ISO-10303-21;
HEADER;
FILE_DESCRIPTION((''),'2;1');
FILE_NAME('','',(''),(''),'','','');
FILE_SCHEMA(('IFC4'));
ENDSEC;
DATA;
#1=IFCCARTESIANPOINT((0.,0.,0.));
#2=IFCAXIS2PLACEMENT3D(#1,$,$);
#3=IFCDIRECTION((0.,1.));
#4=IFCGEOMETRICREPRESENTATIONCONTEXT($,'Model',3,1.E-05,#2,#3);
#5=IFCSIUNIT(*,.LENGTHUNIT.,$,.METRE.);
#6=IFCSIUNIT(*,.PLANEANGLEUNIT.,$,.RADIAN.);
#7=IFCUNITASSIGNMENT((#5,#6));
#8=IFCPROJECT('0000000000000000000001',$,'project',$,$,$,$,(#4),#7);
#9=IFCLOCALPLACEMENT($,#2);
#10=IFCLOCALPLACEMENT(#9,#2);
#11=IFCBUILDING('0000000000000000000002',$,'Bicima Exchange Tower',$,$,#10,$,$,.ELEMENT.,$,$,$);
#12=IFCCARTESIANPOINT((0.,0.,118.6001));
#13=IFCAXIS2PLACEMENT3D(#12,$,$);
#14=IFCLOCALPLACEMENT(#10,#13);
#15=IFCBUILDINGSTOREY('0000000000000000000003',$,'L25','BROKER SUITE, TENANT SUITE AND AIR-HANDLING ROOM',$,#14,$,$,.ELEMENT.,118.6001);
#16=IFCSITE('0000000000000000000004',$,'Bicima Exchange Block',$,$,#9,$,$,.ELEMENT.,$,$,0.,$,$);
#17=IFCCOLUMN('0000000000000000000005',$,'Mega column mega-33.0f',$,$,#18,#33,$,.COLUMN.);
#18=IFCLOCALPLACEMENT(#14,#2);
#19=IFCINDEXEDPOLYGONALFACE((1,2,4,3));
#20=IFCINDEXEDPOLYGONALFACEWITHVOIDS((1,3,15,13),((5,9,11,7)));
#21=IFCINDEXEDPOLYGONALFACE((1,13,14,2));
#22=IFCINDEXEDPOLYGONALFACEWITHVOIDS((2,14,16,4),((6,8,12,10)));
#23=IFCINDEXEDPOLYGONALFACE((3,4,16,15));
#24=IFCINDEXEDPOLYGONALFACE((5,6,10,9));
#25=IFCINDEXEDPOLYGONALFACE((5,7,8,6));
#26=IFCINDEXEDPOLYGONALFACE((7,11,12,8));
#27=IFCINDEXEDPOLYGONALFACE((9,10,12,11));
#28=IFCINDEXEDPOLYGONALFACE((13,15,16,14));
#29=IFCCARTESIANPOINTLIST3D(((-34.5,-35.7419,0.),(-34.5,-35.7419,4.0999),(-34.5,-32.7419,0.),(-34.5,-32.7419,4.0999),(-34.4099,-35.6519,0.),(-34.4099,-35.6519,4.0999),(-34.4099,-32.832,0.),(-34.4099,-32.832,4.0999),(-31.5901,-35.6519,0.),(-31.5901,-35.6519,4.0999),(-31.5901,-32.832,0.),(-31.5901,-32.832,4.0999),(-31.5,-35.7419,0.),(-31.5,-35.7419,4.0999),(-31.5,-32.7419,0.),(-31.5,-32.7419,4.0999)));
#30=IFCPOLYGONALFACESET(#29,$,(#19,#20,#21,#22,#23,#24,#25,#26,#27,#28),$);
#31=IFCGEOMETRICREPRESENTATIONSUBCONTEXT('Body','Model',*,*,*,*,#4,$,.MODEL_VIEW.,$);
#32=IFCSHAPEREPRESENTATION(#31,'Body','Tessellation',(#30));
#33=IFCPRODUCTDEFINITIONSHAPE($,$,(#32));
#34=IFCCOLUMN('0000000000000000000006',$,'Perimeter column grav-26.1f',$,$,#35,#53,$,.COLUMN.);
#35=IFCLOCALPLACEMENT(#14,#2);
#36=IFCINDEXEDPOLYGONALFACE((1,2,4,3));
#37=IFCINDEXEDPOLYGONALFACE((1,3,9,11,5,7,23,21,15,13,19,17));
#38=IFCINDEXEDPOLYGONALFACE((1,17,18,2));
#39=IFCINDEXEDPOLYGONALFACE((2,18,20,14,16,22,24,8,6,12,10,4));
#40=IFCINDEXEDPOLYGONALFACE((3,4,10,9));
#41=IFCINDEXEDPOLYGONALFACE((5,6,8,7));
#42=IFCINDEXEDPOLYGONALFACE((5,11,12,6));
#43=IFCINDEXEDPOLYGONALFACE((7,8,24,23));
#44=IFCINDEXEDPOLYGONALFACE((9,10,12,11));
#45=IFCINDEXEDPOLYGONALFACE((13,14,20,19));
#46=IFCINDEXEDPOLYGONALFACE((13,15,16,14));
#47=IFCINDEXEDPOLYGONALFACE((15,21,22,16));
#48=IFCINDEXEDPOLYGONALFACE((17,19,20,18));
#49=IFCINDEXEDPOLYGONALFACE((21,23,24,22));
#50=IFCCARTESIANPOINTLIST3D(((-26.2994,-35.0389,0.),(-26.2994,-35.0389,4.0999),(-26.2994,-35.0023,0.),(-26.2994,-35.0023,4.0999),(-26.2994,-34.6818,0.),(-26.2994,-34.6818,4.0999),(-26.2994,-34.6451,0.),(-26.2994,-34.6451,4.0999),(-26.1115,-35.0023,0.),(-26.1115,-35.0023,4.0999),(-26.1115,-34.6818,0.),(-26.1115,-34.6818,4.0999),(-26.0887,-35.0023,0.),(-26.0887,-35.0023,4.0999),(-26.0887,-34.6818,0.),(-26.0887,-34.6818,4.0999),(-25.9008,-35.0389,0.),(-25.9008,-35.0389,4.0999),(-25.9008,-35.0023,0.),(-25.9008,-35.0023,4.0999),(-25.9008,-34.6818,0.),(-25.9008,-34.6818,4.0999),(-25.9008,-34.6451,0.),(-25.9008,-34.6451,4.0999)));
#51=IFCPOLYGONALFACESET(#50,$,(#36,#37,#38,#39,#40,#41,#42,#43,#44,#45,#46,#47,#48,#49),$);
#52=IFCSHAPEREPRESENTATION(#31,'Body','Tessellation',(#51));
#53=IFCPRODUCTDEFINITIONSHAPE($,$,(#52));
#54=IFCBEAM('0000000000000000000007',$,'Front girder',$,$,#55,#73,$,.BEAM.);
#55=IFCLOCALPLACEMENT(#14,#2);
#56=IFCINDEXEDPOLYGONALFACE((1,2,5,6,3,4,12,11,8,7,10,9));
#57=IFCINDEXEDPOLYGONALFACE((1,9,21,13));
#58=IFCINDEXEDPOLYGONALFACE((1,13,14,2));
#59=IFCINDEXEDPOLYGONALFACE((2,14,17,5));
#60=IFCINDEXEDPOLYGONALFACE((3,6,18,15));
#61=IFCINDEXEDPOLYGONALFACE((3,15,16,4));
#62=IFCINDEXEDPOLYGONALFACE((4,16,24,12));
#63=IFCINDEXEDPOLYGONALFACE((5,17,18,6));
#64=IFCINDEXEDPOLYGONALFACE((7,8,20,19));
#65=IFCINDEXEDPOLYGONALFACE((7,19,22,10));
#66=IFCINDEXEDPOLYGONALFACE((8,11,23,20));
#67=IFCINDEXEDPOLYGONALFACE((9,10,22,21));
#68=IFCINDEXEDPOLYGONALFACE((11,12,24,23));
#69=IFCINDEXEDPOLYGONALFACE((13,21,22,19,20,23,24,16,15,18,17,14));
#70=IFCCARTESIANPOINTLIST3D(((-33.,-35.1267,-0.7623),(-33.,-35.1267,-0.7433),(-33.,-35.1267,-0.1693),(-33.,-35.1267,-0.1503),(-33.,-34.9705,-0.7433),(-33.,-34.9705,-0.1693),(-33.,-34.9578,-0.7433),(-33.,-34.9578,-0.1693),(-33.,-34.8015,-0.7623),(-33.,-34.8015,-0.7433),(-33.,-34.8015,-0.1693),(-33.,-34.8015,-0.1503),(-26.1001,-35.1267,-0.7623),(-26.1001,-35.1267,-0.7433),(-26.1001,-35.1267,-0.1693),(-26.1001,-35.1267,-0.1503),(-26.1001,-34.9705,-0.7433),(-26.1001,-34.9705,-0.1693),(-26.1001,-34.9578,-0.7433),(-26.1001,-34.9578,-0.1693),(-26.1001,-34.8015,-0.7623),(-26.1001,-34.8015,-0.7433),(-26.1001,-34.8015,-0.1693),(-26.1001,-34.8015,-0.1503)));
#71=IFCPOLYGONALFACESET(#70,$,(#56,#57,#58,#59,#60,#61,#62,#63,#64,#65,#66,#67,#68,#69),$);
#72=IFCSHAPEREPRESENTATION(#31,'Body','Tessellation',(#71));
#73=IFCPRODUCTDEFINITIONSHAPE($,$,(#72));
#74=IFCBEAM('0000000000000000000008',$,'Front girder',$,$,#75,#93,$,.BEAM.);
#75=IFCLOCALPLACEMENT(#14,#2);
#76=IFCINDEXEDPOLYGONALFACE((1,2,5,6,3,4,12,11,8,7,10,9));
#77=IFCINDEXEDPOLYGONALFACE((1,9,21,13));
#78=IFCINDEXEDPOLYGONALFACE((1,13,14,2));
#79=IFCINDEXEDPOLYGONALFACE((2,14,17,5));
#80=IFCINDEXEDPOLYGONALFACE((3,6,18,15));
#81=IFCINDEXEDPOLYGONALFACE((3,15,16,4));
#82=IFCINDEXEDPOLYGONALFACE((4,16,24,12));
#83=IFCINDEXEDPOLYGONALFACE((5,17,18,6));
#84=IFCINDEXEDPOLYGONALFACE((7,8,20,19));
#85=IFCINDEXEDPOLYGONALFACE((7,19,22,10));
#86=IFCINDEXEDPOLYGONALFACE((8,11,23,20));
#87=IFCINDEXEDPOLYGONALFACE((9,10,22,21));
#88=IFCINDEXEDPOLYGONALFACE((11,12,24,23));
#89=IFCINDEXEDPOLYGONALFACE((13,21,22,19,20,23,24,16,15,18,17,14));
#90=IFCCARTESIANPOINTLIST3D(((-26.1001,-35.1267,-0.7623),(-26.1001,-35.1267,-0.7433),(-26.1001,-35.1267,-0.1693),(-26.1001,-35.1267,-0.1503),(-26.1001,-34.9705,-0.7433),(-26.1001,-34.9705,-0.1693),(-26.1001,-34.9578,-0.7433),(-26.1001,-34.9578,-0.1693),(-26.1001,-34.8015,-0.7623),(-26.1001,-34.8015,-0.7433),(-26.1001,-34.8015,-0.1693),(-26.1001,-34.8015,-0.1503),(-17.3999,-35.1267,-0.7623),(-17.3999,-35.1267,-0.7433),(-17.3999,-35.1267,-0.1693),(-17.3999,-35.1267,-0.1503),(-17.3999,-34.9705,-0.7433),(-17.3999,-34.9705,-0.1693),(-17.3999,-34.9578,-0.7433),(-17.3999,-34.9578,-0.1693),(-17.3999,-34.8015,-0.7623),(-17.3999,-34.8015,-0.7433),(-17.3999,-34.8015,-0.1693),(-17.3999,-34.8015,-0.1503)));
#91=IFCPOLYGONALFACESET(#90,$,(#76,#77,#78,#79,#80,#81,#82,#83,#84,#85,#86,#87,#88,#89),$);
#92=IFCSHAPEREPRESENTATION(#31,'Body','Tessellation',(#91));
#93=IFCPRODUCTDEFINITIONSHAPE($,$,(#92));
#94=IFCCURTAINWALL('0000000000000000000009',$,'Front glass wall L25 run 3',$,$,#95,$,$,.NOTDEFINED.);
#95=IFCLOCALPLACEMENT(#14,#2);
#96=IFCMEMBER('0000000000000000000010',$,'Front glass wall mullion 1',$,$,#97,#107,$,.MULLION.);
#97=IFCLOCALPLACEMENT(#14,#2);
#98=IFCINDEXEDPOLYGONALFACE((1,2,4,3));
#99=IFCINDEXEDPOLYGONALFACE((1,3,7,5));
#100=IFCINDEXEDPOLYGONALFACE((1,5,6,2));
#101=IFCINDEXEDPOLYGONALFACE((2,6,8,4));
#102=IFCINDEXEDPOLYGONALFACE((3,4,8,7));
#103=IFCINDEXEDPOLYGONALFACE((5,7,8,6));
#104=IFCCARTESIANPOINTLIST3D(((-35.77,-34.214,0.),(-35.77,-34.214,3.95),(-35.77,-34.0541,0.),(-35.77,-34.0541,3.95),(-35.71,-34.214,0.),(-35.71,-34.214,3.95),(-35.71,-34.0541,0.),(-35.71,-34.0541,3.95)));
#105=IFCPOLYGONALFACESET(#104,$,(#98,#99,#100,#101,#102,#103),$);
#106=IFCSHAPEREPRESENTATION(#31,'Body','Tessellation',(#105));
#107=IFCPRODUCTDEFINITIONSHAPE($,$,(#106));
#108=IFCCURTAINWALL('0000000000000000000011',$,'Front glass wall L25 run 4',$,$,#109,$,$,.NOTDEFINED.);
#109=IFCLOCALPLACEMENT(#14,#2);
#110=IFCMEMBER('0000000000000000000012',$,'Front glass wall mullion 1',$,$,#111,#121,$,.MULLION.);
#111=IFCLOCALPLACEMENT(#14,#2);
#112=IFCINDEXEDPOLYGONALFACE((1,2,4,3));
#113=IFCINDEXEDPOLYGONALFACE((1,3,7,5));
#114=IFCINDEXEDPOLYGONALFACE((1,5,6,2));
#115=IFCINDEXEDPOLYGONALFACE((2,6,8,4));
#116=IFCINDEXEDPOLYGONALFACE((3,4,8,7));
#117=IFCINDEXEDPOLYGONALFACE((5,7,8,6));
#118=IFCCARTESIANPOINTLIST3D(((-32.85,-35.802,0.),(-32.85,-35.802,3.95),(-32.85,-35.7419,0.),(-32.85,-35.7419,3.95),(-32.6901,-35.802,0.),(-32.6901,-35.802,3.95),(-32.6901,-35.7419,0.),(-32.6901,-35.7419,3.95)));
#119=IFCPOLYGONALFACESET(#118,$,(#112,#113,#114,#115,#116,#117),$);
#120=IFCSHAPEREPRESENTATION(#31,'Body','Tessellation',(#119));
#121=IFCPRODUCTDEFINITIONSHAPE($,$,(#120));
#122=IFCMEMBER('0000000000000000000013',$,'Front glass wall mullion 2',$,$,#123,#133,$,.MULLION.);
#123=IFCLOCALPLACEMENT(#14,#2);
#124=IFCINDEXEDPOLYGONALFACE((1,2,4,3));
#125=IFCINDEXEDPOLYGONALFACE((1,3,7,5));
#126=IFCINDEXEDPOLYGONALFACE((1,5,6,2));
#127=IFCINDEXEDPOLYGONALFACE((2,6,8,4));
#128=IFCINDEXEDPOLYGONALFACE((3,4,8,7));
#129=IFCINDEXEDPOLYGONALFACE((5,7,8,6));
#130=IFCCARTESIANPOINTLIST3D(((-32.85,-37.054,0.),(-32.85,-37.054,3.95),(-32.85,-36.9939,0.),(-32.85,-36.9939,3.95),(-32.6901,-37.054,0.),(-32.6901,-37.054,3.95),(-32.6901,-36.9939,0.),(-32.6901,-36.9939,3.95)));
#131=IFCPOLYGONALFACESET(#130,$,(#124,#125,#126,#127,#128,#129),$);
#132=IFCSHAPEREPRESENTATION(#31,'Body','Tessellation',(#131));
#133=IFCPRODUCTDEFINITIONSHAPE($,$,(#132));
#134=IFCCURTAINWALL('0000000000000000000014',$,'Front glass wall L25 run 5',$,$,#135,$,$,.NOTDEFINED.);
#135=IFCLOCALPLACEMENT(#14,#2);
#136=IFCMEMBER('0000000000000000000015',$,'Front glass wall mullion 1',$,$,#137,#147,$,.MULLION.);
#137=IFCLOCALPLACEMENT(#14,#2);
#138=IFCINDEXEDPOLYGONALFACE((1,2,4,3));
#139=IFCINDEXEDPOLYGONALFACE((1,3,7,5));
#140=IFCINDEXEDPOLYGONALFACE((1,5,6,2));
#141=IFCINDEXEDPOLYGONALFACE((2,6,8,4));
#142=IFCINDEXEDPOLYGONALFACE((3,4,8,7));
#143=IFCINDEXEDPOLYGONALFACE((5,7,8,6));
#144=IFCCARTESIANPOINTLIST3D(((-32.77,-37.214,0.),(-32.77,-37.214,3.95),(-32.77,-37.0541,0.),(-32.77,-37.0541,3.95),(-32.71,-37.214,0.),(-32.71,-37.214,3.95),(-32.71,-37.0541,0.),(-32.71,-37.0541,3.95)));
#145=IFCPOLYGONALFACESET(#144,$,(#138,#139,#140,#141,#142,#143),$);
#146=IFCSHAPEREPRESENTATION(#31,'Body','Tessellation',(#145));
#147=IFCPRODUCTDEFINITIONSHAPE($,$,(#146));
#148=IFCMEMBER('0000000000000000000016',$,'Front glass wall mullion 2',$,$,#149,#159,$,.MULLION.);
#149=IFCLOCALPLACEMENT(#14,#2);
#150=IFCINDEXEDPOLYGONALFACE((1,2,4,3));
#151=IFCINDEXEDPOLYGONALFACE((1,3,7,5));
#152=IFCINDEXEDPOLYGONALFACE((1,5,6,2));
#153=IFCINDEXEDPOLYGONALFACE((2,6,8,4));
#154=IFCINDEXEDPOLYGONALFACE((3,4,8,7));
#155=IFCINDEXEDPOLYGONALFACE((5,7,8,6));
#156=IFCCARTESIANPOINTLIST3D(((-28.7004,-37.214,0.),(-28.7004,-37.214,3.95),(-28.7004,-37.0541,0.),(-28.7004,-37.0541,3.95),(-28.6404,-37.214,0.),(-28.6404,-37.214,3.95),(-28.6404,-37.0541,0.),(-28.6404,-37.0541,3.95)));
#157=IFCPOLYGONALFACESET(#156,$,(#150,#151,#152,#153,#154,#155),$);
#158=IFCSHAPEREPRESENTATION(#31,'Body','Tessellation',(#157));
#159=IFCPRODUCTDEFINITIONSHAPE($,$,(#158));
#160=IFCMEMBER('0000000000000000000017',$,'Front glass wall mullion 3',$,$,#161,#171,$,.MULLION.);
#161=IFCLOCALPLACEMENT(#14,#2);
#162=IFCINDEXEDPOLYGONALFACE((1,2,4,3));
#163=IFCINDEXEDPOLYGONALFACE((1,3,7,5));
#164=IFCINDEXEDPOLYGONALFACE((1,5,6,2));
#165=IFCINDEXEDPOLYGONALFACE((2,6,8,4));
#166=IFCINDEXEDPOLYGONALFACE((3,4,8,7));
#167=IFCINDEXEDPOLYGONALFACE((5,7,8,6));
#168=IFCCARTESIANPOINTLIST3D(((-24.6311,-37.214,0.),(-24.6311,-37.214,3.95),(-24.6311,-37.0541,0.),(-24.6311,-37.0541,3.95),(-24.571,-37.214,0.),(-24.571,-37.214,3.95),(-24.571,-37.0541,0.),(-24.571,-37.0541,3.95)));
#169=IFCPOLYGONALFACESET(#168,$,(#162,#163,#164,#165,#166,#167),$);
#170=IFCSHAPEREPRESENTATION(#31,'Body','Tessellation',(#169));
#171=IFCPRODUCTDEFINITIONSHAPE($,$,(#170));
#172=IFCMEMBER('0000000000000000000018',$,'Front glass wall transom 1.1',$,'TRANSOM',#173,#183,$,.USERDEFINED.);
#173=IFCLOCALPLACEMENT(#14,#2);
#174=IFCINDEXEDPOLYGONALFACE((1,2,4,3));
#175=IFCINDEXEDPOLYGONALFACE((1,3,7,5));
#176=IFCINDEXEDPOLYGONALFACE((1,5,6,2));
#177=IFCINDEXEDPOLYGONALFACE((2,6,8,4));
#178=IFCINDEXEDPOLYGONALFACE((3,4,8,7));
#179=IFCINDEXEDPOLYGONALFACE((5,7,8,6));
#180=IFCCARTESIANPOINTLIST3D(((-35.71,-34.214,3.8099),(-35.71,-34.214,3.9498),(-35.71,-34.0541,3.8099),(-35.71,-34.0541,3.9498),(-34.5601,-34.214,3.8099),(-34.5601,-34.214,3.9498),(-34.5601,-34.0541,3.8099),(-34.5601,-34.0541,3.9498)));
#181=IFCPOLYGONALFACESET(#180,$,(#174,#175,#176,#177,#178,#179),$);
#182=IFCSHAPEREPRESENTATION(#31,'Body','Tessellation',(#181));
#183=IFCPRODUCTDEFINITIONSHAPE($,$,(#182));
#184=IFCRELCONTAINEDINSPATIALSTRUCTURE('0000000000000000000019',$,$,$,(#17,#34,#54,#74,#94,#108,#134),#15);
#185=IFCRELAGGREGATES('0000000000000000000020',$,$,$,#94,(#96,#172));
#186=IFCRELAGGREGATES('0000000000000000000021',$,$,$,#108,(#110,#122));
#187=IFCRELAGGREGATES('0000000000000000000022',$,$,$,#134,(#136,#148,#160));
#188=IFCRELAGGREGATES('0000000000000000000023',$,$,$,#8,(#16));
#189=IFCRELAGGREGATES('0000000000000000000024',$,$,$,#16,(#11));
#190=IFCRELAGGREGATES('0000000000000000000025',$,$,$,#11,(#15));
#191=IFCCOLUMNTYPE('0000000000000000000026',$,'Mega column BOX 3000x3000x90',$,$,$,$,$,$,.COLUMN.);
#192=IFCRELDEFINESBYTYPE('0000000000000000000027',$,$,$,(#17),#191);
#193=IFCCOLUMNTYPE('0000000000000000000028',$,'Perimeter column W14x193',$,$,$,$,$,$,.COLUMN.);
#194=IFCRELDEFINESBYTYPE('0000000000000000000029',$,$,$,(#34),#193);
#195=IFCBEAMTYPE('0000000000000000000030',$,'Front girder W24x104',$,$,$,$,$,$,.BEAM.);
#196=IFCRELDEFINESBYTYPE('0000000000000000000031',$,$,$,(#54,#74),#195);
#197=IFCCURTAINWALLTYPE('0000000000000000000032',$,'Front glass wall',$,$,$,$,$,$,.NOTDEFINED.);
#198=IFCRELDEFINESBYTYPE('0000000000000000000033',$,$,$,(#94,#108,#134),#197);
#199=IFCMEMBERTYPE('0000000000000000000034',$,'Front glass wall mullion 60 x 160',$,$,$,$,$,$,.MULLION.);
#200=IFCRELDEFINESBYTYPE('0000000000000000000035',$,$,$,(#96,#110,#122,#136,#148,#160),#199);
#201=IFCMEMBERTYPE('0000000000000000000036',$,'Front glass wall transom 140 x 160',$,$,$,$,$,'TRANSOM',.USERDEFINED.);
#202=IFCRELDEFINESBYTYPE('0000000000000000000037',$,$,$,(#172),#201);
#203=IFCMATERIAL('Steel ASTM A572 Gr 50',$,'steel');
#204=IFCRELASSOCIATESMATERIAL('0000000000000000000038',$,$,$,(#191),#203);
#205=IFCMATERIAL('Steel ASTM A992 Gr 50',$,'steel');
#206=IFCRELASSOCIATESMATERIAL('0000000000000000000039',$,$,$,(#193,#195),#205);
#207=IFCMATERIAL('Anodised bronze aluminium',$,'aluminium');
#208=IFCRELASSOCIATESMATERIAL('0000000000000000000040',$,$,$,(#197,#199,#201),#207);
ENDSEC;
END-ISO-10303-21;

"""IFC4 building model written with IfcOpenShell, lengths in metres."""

from ifc_helpers import new_model, si_unit, direction, frame, origin, origin_2d, place, context, subcontext, project, spatial, rectangle, hollow_rectangle, i_section, extrude, material, material_profile, profile_set, type_object, element, aggregate, save


model = new_model("IFC4")

# Units and contexts
model_context = context("Model", 3, precision=1e-05, world=origin(), true_north=direction((0.0, 1.0)))
body_context = subcontext(model_context, "Body", "Model", "MODEL_VIEW")
ifc_project = project(units=[si_unit("LENGTHUNIT", "METRE"), si_unit("PLANEANGLEUNIT", "RADIAN")], contexts=[model_context])

# Site, building, storey
site_placement = place(None, origin())
site = spatial("IfcSite", under=ifc_project, at=site_placement, Name="Bicima Exchange Block", CompositionType="ELEMENT", RefElevation=0.0)
building_placement = place(site_placement, origin())
building = spatial("IfcBuilding", under=site, at=building_placement, Name="Bicima Exchange Tower", CompositionType="ELEMENT")
storey_placement = place(building_placement, frame((0.0, 0.0, 118.6001)))
storey = spatial("IfcBuildingStorey", under=building, at=storey_placement, Name="L25", Description="BROKER SUITE, TENANT SUITE AND AIR-HANDLING ROOM", CompositionType="ELEMENT", Elevation=118.6001)

# Columns
ifc_material_1 = material(Name="Steel ASTM A572 Gr 50", Category="steel")
ifc_material_profile_1 = material_profile(ifc_material_1, hollow_rectangle(XDim=3.0, YDim=3.0, WallThickness=0.0901, at=origin_2d()))
ifc_profile_set_1 = profile_set([ifc_material_profile_1], Name="Steel ASTM A572 Gr 50")
column_type_1 = type_object("IfcColumnType", Name="Mega column BOX 3000x3000x90", PredefinedType="COLUMN", material=ifc_profile_set_1)
column_1_placement = place(storey_placement, frame((-33.0, -34.2419, 0.0), z_axis=(0.0, 0.0, 1.0), x_axis=(1.0, 0.0, 0.0)))
element("IfcColumn", 1, at=column_1_placement, inside=storey, type_object=column_type_1, Name="Mega column mega-33.0f", PredefinedType="COLUMN", context=body_context, shape_type="SweptSolid", body=[
    extrude(hollow_rectangle(XDim=3.0, YDim=3.0, WallThickness=0.0901, at=origin_2d()), origin(), (0.0, 0.0, 1.0), 4.0999),
])
ifc_material_2 = material(Name="Steel ASTM A992 Gr 50", Category="steel")
ifc_material_profile_2 = material_profile(ifc_material_2, i_section(OverallWidth=0.3987, OverallDepth=0.3938, WebThickness=0.0227, FlangeThickness=0.0366, at=origin_2d()))
ifc_profile_set_2 = profile_set([ifc_material_profile_2], Name="Steel ASTM A992 Gr 50")
column_type_2 = type_object("IfcColumnType", Name="Perimeter column W14x193", PredefinedType="COLUMN", material=ifc_profile_set_2)
column_2_placement = place(storey_placement, frame((-26.1001, -34.842, 0.0), z_axis=(0.0, 0.0, 1.0), x_axis=(1.0, 0.0, 0.0)))
element("IfcColumn", 2, at=column_2_placement, inside=storey, type_object=column_type_2, Name="Perimeter column grav-26.1f", PredefinedType="COLUMN", context=body_context, shape_type="SweptSolid", body=[
    extrude(i_section(OverallWidth=0.3987, OverallDepth=0.3938, WebThickness=0.0227, FlangeThickness=0.0366, at=origin_2d()), origin(), (0.0, 0.0, 1.0), 4.0999),
])

# Beams
ifc_material_profile_3 = material_profile(ifc_material_2, i_section(OverallWidth=0.3252, OverallDepth=0.6121, WebThickness=0.0127, FlangeThickness=0.019, at=origin_2d()))
ifc_profile_set_3 = profile_set([ifc_material_profile_3], Name="Steel ASTM A992 Gr 50")
beam_type = type_object("IfcBeamType", Name="Front girder W24x104", PredefinedType="BEAM", material=ifc_profile_set_3)
beam_1_placement = place(storey_placement, frame((-33.0, -34.9641, -0.4563), z_axis=(1.0, 0.0, 0.0), x_axis=(0.0, 1.0, 0.0)))
element("IfcBeam", 3, at=beam_1_placement, inside=storey, type_object=beam_type, Name="Front girder", PredefinedType="BEAM", context=body_context, shape_type="SweptSolid", body=[
    extrude(i_section(OverallWidth=0.3252, OverallDepth=0.6121, WebThickness=0.0127, FlangeThickness=0.019, at=origin_2d()), origin(), (0.0, 0.0, 1.0), 6.8999),
])
beam_2_placement = place(storey_placement, frame((-26.1001, -34.9641, -0.4563), z_axis=(1.0, 0.0, 0.0), x_axis=(0.0, 1.0, 0.0)))
element("IfcBeam", 4, at=beam_2_placement, inside=storey, type_object=beam_type, Name="Front girder", PredefinedType="BEAM", context=body_context, shape_type="SweptSolid", body=[
    extrude(i_section(OverallWidth=0.3252, OverallDepth=0.6121, WebThickness=0.0127, FlangeThickness=0.019, at=origin_2d()), origin(), (0.0, 0.0, 1.0), 8.7002),
])

# Curtain wall, member
ifc_material_3 = material(Name="Anodised bronze aluminium", Category="aluminium")
curtain_wall_type = type_object("IfcCurtainWallType", Name="Front glass wall", PredefinedType="NOTDEFINED", material=ifc_material_3)
curtain_wall_1_placement = place(storey_placement, origin())
curtain_wall_1 = element("IfcCurtainWall", 5, at=curtain_wall_1_placement, inside=storey, type_object=curtain_wall_type, Name="Front glass wall L25 run 3", PredefinedType="NOTDEFINED")
ifc_material_profile_4 = material_profile(ifc_material_3, rectangle(XDim=0.1599, YDim=0.0601, at=origin_2d()))
ifc_profile_set_4 = profile_set([ifc_material_profile_4], Name="Anodised bronze aluminium")
member_type_1 = type_object("IfcMemberType", Name="Front glass wall mullion 60 x 160", PredefinedType="MULLION", material=ifc_profile_set_4)
member_1_placement = place(storey_placement, frame((-35.74, -34.134, 0.0), z_axis=(0.0, 0.0, 1.0), x_axis=(0.0, 1.0, 0.0)))
member_1 = element("IfcMember", 6, at=member_1_placement, type_object=member_type_1, Name="Front glass wall mullion 1", PredefinedType="MULLION", context=body_context, shape_type="SweptSolid", body=[
    extrude(rectangle(XDim=0.1599, YDim=0.0601, at=origin_2d()), origin(), (0.0, 0.0, 1.0), 3.95),
])

# Curtain walls, members
curtain_wall_2_placement = place(storey_placement, origin())
curtain_wall_2 = element("IfcCurtainWall", 7, at=curtain_wall_2_placement, inside=storey, type_object=curtain_wall_type, Name="Front glass wall L25 run 4", PredefinedType="NOTDEFINED")
member_2_placement = place(storey_placement, frame((-32.77, -35.772, 0.0), z_axis=(0.0, 0.0, 1.0), x_axis=(1.0, 0.0, 0.0)))
member_2 = element("IfcMember", 8, at=member_2_placement, type_object=member_type_1, Name="Front glass wall mullion 1", PredefinedType="MULLION", context=body_context, shape_type="SweptSolid", body=[
    extrude(rectangle(XDim=0.1599, YDim=0.0601, at=origin_2d()), origin(), (0.0, 0.0, 1.0), 3.95),
])
member_3_placement = place(storey_placement, frame((-32.77, -37.0239, 0.0), z_axis=(0.0, 0.0, 1.0), x_axis=(1.0, 0.0, 0.0)))
member_3 = element("IfcMember", 9, at=member_3_placement, type_object=member_type_1, Name="Front glass wall mullion 2", PredefinedType="MULLION", context=body_context, shape_type="SweptSolid", body=[
    extrude(rectangle(XDim=0.1599, YDim=0.0601, at=origin_2d()), origin(), (0.0, 0.0, 1.0), 3.95),
])
curtain_wall_3_placement = place(storey_placement, origin())
curtain_wall_3 = element("IfcCurtainWall", 10, at=curtain_wall_3_placement, inside=storey, type_object=curtain_wall_type, Name="Front glass wall L25 run 5", PredefinedType="NOTDEFINED")
member_4_placement = place(storey_placement, frame((-32.74, -37.134, 0.0), z_axis=(0.0, 0.0, 1.0), x_axis=(0.0, 1.0, 0.0)))
member_4 = element("IfcMember", 11, at=member_4_placement, type_object=member_type_1, Name="Front glass wall mullion 1", PredefinedType="MULLION", context=body_context, shape_type="SweptSolid", body=[
    extrude(rectangle(XDim=0.1599, YDim=0.0601, at=origin_2d()), origin(), (0.0, 0.0, 1.0), 3.95),
])
member_5_placement = place(storey_placement, frame((-28.6704, -37.134, 0.0), z_axis=(0.0, 0.0, 1.0), x_axis=(0.0, 1.0, 0.0)))
member_5 = element("IfcMember", 12, at=member_5_placement, type_object=member_type_1, Name="Front glass wall mullion 2", PredefinedType="MULLION", context=body_context, shape_type="SweptSolid", body=[
    extrude(rectangle(XDim=0.1599, YDim=0.0601, at=origin_2d()), origin(), (0.0, 0.0, 1.0), 3.95),
])
member_6_placement = place(storey_placement, frame((-24.6011, -37.134, 0.0), z_axis=(0.0, 0.0, 1.0), x_axis=(0.0, 1.0, 0.0)))
member_6 = element("IfcMember", 13, at=member_6_placement, type_object=member_type_1, Name="Front glass wall mullion 3", PredefinedType="MULLION", context=body_context, shape_type="SweptSolid", body=[
    extrude(rectangle(XDim=0.1599, YDim=0.0601, at=origin_2d()), origin(), (0.0, 0.0, 1.0), 3.95),
])

# Member
ifc_material_profile_5 = material_profile(ifc_material_3, rectangle(XDim=0.1599, YDim=0.1399, at=origin_2d()))
ifc_profile_set_5 = profile_set([ifc_material_profile_5], Name="Anodised bronze aluminium")
member_type_2 = type_object("IfcMemberType", Name="Front glass wall transom 140 x 160", ElementType="TRANSOM", PredefinedType="USERDEFINED", material=ifc_profile_set_5)
member_7_placement = place(storey_placement, frame((-35.71, -34.134, 3.8799), z_axis=(1.0, 0.0, 0.0), x_axis=(0.0, 1.0, 0.0)))
member_7 = element("IfcMember", 14, at=member_7_placement, type_object=member_type_2, Name="Front glass wall transom 1.1", ObjectType="TRANSOM", PredefinedType="USERDEFINED", context=body_context, shape_type="SweptSolid", body=[
    extrude(rectangle(XDim=0.1599, YDim=0.1399, at=origin_2d()), origin(), (0.0, 0.0, 1.0), 1.1499),
])

aggregate(curtain_wall_1, [member_1, member_7])
aggregate(curtain_wall_2, [member_2, member_3])
aggregate(curtain_wall_3, [member_4, member_5, member_6])

save(model, "model.ifc")
